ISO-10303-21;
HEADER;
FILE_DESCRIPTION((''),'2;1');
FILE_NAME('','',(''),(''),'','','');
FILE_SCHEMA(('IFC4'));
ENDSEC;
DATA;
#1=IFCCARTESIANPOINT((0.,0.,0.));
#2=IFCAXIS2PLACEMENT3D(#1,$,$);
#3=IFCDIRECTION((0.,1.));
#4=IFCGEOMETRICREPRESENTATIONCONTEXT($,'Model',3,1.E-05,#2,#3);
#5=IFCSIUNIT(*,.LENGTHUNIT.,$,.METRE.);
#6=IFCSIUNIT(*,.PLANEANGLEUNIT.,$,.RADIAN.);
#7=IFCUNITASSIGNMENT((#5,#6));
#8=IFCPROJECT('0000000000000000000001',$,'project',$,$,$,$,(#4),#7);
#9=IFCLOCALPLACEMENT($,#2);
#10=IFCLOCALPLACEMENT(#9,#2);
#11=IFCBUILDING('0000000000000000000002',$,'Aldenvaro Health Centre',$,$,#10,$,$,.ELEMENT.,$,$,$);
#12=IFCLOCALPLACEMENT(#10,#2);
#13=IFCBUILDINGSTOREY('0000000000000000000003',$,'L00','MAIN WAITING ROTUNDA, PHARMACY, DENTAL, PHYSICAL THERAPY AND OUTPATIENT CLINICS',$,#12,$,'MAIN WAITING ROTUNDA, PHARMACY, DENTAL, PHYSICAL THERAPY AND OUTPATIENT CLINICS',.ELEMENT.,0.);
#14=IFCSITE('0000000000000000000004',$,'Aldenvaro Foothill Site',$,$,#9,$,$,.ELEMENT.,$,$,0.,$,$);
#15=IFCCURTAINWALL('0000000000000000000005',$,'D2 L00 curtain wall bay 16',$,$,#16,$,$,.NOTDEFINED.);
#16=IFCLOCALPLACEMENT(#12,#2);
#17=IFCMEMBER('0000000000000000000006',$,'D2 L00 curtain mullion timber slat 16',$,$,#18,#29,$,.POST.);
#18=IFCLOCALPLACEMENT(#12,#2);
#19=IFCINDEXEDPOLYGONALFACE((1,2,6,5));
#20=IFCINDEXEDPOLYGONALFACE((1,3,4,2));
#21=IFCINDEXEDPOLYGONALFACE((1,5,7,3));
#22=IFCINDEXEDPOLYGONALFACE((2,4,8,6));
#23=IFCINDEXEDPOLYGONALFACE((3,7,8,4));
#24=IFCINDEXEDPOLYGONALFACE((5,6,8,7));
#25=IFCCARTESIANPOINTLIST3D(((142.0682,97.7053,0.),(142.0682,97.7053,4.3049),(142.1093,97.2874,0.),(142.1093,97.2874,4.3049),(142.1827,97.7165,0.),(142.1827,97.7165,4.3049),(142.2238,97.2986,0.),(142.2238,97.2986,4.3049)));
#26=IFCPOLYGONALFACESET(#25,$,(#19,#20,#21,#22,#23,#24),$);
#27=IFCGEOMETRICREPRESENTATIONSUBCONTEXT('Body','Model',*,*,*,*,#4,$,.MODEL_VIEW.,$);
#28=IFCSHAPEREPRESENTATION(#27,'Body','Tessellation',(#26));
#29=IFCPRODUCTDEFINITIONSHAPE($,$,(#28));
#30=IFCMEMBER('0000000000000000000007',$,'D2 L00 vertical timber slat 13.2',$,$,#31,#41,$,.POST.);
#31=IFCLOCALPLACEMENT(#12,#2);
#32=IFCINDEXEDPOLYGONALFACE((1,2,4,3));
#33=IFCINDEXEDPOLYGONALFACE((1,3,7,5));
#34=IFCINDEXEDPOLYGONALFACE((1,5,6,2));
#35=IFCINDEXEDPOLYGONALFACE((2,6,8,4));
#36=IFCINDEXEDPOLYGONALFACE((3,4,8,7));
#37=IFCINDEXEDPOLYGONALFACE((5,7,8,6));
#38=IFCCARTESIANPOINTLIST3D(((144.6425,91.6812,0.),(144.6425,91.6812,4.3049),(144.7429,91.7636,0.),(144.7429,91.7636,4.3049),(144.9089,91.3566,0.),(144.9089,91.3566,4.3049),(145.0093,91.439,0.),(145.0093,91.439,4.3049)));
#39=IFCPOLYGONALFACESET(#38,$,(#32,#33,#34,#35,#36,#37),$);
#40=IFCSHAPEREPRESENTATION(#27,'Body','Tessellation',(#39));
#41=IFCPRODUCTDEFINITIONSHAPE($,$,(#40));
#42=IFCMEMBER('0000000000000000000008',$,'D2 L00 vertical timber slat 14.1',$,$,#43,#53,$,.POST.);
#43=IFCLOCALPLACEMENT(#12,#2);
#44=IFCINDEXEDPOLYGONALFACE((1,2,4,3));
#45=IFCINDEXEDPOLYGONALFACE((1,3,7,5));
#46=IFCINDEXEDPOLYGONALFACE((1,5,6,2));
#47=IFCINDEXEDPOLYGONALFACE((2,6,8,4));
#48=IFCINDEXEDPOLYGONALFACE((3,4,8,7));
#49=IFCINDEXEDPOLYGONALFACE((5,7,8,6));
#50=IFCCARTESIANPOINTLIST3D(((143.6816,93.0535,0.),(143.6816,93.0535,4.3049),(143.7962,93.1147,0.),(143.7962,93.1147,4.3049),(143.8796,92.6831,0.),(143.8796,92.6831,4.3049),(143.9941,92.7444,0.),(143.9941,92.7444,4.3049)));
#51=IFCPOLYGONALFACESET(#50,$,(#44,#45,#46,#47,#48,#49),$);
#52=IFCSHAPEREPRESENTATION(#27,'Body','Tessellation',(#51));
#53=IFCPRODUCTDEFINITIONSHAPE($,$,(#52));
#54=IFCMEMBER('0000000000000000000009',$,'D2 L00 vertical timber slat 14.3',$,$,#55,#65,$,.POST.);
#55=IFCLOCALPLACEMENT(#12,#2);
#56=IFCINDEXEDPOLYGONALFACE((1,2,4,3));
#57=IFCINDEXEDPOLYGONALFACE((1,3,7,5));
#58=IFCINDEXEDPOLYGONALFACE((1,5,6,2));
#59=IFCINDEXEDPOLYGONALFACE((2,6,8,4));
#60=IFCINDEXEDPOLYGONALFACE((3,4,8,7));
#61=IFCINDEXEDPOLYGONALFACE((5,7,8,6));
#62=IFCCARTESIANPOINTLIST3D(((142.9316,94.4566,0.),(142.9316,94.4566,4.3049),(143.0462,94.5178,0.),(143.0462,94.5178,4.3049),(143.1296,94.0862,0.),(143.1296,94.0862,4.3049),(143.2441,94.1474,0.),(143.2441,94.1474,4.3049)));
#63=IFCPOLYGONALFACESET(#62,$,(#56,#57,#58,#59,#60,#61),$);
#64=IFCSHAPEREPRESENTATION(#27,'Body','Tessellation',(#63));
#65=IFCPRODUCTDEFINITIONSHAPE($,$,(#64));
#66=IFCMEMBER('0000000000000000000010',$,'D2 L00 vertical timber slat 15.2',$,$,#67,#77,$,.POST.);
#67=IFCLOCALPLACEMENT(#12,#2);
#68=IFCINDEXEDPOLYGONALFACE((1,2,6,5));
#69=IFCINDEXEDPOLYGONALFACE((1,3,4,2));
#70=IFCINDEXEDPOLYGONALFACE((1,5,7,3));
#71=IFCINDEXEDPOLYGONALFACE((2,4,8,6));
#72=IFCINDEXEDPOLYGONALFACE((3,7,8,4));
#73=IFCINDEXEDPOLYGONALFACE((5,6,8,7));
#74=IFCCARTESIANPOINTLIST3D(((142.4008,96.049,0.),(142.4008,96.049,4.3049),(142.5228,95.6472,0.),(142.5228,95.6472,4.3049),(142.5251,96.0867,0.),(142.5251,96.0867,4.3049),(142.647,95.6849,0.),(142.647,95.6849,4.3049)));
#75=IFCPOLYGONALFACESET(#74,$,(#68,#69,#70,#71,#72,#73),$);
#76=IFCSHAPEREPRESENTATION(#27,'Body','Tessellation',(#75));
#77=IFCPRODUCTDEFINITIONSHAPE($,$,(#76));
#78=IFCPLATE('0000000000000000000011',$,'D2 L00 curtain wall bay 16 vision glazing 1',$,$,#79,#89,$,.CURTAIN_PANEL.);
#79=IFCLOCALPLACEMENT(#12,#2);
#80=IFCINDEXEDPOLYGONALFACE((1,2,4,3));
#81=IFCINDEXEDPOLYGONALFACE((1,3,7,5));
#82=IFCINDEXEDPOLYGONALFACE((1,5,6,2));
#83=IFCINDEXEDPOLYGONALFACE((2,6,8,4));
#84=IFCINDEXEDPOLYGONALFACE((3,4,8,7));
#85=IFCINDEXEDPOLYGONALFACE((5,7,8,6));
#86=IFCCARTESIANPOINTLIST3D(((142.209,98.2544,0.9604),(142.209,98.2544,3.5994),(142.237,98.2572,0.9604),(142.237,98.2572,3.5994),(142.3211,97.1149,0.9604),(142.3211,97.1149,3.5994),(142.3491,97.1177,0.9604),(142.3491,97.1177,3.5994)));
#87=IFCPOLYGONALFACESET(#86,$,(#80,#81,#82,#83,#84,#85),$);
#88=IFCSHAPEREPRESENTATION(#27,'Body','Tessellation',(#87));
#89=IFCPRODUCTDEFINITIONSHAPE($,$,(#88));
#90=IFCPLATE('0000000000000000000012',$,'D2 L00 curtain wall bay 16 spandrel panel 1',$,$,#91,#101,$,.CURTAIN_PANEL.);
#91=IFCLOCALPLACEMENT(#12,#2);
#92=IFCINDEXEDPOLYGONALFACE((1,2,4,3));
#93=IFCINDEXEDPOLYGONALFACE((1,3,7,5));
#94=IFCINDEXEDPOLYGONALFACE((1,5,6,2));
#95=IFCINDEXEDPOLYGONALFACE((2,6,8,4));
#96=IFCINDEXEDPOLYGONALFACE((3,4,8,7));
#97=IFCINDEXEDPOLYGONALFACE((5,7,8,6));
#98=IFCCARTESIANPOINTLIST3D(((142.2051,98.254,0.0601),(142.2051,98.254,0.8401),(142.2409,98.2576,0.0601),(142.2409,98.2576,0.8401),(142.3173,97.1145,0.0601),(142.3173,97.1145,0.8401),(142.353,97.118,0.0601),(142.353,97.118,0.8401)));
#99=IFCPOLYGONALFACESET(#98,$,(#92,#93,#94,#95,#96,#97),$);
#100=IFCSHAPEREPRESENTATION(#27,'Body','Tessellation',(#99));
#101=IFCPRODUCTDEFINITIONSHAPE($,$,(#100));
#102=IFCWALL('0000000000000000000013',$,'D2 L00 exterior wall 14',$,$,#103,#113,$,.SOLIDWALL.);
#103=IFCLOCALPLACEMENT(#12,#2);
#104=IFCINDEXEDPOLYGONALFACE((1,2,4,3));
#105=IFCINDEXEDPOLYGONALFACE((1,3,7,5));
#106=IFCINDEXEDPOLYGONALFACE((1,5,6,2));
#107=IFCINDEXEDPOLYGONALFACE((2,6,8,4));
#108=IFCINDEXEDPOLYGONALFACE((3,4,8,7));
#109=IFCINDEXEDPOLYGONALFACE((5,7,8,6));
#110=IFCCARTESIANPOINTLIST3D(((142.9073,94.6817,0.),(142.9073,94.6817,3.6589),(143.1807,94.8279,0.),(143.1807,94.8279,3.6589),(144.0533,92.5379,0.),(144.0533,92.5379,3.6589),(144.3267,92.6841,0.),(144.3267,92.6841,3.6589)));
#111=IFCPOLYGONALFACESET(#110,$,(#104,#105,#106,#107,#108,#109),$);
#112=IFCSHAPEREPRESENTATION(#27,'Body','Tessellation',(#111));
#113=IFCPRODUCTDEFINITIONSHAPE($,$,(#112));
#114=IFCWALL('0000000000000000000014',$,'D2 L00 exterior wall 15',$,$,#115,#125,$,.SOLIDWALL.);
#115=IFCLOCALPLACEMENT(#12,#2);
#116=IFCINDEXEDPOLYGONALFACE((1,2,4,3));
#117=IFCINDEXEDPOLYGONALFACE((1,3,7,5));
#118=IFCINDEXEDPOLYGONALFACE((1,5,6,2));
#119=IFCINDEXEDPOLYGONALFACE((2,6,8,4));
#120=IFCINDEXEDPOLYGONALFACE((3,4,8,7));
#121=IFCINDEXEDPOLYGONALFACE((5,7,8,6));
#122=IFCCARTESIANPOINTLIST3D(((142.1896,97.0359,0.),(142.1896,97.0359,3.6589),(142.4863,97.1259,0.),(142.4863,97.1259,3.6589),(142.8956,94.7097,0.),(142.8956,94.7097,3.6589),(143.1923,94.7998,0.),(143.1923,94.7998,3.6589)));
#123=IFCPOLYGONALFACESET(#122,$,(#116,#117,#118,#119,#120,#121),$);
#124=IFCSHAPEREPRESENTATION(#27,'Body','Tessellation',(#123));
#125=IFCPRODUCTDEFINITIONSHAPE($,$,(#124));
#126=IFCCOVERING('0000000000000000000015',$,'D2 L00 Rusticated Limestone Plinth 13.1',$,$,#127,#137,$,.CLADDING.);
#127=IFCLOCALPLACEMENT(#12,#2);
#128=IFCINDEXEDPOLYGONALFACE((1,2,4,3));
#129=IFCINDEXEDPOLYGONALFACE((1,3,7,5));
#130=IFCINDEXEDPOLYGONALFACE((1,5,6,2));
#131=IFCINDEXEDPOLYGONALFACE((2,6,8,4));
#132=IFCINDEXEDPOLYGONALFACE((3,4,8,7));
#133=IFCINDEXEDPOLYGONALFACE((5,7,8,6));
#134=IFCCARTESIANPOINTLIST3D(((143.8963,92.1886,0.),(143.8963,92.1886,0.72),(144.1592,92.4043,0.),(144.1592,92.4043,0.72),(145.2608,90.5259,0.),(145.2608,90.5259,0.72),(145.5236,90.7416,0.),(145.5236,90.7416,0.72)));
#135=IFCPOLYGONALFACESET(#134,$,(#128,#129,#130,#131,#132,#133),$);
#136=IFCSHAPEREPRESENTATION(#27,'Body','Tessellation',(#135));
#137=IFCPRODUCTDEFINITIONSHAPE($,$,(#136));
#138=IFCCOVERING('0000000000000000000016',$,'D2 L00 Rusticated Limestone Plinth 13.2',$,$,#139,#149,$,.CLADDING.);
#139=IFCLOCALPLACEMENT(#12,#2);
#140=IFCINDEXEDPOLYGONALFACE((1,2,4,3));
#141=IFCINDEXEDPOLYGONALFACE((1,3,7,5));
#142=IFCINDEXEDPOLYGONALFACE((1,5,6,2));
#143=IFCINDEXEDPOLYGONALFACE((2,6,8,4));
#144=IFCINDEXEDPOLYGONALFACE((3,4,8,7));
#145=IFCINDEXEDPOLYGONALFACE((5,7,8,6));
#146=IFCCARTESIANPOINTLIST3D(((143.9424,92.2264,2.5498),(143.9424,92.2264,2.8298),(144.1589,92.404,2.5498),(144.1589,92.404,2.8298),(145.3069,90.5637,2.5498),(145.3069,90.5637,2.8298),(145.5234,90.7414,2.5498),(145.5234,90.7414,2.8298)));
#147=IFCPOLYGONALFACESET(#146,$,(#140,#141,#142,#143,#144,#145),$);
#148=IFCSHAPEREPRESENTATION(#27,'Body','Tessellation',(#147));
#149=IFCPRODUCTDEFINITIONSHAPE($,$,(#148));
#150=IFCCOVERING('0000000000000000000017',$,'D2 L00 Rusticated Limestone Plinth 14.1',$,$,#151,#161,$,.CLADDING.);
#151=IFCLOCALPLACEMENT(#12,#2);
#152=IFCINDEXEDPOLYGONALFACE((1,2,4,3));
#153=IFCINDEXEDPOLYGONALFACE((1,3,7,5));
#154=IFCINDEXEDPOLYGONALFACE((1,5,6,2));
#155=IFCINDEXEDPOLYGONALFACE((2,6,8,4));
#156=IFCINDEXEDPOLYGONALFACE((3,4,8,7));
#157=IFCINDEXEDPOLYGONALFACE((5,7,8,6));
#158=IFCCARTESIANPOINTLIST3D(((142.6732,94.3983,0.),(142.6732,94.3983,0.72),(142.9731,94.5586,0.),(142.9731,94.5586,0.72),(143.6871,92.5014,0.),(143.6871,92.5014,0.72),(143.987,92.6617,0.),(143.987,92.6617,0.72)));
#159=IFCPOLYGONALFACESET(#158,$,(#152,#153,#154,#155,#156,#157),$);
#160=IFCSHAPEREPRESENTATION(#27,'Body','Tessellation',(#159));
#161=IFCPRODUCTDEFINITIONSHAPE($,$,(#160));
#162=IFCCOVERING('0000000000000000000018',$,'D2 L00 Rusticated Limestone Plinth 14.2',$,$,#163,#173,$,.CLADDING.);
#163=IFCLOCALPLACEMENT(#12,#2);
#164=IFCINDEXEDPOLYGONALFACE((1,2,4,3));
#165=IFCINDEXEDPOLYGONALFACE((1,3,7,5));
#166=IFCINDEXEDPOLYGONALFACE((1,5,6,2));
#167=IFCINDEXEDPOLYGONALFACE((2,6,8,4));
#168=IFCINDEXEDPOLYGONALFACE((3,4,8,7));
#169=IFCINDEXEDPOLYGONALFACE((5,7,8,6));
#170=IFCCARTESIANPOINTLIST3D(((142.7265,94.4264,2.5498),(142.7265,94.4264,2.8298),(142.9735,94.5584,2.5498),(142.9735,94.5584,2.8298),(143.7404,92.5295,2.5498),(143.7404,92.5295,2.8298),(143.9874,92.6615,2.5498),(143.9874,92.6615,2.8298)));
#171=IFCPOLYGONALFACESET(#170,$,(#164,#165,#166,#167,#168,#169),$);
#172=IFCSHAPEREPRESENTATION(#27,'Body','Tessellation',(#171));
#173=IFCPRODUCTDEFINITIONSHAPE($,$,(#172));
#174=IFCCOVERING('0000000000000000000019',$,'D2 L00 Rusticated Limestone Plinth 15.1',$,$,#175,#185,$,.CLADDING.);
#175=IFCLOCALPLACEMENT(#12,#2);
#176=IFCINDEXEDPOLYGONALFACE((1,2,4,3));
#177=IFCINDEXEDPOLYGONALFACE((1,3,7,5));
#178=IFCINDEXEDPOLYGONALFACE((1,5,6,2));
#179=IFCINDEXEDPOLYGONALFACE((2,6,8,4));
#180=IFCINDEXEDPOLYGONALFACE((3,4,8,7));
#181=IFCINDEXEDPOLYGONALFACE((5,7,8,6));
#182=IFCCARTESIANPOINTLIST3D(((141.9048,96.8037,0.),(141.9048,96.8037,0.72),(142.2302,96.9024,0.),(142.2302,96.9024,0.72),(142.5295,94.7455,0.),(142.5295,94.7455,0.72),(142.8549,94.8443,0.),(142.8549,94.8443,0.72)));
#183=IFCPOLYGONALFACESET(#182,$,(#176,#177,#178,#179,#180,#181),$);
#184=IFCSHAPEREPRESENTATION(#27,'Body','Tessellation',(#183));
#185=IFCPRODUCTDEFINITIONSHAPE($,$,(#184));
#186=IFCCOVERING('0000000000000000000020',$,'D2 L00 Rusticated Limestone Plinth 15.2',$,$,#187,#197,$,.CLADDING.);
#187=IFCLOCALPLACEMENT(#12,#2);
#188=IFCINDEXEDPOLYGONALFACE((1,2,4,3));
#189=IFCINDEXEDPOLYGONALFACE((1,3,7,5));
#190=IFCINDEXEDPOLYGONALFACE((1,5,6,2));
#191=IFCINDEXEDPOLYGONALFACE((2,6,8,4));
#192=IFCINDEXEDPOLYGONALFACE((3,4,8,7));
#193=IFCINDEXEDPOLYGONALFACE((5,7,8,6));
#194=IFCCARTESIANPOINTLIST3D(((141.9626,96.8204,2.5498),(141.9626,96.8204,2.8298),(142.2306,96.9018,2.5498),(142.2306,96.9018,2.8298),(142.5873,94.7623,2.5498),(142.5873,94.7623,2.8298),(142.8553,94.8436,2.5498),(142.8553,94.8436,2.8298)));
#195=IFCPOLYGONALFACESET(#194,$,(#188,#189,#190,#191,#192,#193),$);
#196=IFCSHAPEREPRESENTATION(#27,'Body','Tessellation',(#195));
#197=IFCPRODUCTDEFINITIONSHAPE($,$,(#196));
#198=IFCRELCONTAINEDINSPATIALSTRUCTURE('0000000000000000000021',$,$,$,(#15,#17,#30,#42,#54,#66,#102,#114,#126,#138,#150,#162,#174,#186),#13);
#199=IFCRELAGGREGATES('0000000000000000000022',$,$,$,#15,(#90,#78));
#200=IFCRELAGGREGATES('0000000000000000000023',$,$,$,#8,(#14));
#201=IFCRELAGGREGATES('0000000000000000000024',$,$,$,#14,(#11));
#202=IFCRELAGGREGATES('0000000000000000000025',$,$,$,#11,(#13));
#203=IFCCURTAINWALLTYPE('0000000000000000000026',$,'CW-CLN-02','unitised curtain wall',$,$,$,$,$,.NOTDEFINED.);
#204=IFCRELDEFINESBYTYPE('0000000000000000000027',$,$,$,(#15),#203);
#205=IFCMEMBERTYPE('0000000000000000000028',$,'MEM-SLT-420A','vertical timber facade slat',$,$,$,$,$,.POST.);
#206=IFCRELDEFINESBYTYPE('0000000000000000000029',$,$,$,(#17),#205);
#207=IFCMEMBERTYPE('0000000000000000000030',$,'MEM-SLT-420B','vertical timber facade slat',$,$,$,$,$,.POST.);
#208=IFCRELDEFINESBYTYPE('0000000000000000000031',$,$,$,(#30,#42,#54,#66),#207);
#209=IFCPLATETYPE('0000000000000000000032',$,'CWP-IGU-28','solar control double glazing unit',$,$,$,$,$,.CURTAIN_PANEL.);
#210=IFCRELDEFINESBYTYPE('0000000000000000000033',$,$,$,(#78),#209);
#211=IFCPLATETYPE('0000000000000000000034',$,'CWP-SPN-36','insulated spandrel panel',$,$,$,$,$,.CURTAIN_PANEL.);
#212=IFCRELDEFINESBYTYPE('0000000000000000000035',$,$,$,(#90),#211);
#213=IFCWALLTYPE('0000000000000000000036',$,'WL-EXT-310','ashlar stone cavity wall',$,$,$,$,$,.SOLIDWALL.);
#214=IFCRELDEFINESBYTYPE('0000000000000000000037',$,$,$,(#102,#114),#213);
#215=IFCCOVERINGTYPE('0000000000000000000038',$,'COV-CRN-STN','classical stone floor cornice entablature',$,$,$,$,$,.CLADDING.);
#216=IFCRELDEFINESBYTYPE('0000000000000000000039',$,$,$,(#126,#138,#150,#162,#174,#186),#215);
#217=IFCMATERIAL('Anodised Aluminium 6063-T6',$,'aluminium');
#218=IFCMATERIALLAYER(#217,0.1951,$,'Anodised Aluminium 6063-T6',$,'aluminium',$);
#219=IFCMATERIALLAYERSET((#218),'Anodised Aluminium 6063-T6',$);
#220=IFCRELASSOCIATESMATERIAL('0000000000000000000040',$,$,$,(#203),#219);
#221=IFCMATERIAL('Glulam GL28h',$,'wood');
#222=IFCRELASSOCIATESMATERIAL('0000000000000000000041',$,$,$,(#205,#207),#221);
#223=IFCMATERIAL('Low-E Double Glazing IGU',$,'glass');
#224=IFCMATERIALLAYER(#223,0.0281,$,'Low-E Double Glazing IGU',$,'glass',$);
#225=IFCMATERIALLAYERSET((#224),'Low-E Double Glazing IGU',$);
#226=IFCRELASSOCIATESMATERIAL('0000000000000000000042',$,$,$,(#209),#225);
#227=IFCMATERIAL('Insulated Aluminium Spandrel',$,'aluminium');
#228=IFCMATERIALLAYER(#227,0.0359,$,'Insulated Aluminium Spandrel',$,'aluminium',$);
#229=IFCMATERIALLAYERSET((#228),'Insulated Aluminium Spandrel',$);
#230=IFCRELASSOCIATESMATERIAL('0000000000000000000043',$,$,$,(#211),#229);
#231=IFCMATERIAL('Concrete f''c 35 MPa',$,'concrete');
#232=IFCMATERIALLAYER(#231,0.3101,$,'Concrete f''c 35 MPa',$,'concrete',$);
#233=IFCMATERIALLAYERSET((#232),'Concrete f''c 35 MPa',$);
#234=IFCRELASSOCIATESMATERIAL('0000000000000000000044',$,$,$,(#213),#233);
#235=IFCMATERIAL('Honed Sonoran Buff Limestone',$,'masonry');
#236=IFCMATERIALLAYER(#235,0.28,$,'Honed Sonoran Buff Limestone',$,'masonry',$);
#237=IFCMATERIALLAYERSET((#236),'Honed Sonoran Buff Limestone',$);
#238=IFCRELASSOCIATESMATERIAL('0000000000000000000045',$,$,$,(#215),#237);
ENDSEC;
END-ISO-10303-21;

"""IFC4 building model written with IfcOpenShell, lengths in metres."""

from ifc_helpers import new_model, si_unit, direction, frame, frame_2d, origin, origin_2d, place, context, subcontext, project, spatial, rectangle, extrude, material, layer, layer_set, material_profile, profile_set, type_object, element, aggregate, save


model = new_model("IFC4")

# Units and contexts
model_context = context("Model", 3, precision=1e-05, world=origin(), true_north=direction((0.0, 1.0)))
body_context = subcontext(model_context, "Body", "Model", "MODEL_VIEW")
ifc_project = project(units=[si_unit("LENGTHUNIT", "METRE"), si_unit("PLANEANGLEUNIT", "RADIAN")], contexts=[model_context])

# Site, building, storey
site_placement = place(None, origin())
site = spatial("IfcSite", under=ifc_project, at=site_placement, Name="Aldenvaro Foothill Site", CompositionType="ELEMENT", RefElevation=0.0)
building_placement = place(site_placement, origin())
building = spatial("IfcBuilding", under=site, at=building_placement, Name="Aldenvaro Health Centre", CompositionType="ELEMENT")
storey_placement = place(building_placement, origin())
storey = spatial("IfcBuildingStorey", under=building, at=storey_placement, Name="L00", Description="MAIN WAITING ROTUNDA, PHARMACY, DENTAL, PHYSICAL THERAPY AND OUTPATIENT CLINICS", LongName="MAIN WAITING ROTUNDA, PHARMACY, DENTAL, PHYSICAL THERAPY AND OUTPATIENT CLINICS", CompositionType="ELEMENT", Elevation=0.0)

# Shared definitions
ifc_material_1 = material(Name="Glulam GL28h", Category="wood")

# Curtain wall
ifc_material_2 = material(Name="Anodised Aluminium 6063-T6", Category="aluminium")
ifc_layer_1 = layer(ifc_material_2, 0.1951, Name="Anodised Aluminium 6063-T6", Category="aluminium")
ifc_layer_set_1 = layer_set([ifc_layer_1], Name="Anodised Aluminium 6063-T6")
curtain_wall_type = type_object("IfcCurtainWallType", Name="CW-CLN-02", Description="unitised curtain wall", PredefinedType="NOTDEFINED", material=ifc_layer_set_1)
curtain_wall_placement = place(storey_placement, origin())
curtain_wall = element("IfcCurtainWall", 1, at=curtain_wall_placement, inside=storey, type_object=curtain_wall_type, Name="D2 L00 curtain wall bay 16", PredefinedType="NOTDEFINED")

# Members
ifc_material_profile_1 = material_profile(ifc_material_1, rectangle(XDim=0.115, YDim=0.4199, at=origin_2d()), Name="GL 115x420", Category="wood")
ifc_profile_set_1 = profile_set([ifc_material_profile_1], Name="Glulam GL28h")
member_type_1 = type_object("IfcMemberType", Name="MEM-SLT-420A", Description="vertical timber facade slat", PredefinedType="POST", material=ifc_profile_set_1)
for number, where, z_axis, x_axis, name in (
    (2, (142.146, 97.502, 0.0), (0.0, 0.0, 1.0), (-0.995195, -0.097915, 0.0), "D2 L00 curtain mullion timber slat 16"),
):
    element("IfcMember", number, at=place(storey_placement, frame(where, z_axis=z_axis, x_axis=x_axis)), inside=storey, type_object=member_type_1, Name=name, PredefinedType="POST", context=body_context, shape_type="SweptSolid", body=[
        extrude(rectangle(XDim=0.115, YDim=0.4199, at=origin_2d()), origin(), (0.0, 0.0, 1.0), 4.3049),
    ])
ifc_material_profile_2 = material_profile(ifc_material_1, rectangle(XDim=0.1299, YDim=0.4199, at=origin_2d()), Name="GL 130x420", Category="wood")
ifc_profile_set_2 = profile_set([ifc_material_profile_2], Name="Glulam GL28h")
member_type_2 = type_object("IfcMemberType", Name="MEM-SLT-420B", Description="vertical timber facade slat", PredefinedType="POST", material=ifc_profile_set_2)
for number, where, z_axis, x_axis, name in (
    (3, (144.8259, 91.5601, 0.0), (0.0, 0.0, 1.0), (-0.773022, -0.63438, 0.0), "D2 L00 vertical timber slat 13.2"),
    (4, (143.8379, 92.8989, 0.0), (0.0, 0.0, 1.0), (-0.88192, -0.471399, 0.0), "D2 L00 vertical timber slat 14.1"),
    (5, (143.0879, 94.302, 0.0), (0.0, 0.0, 1.0), (-0.88192, -0.471399, 0.0), "D2 L00 vertical timber slat 14.3"),
    (6, (142.5239, 95.8669, 0.0), (0.0, 0.0, 1.0), (-0.956893, -0.290441, 0.0), "D2 L00 vertical timber slat 15.2"),
):
    element("IfcMember", number, at=place(storey_placement, frame(where, z_axis=z_axis, x_axis=x_axis)), inside=storey, type_object=member_type_2, Name=name, PredefinedType="POST", context=body_context, shape_type="SweptSolid", body=[
        extrude(rectangle(XDim=0.1299, YDim=0.4199, at=origin_2d()), origin(), (0.0, 0.0, 1.0), 4.3049),
    ])

# Plates
ifc_material_3 = material(Name="Low-E Double Glazing IGU", Category="glass")
ifc_layer_2 = layer(ifc_material_3, 0.0281, Name="Low-E Double Glazing IGU", Category="glass")
ifc_layer_set_2 = layer_set([ifc_layer_2], Name="Low-E Double Glazing IGU")
plate_type_1 = type_object("IfcPlateType", Name="CWP-IGU-28", Description="solar control double glazing unit", PredefinedType="CURTAIN_PANEL", material=ifc_layer_set_2)
plate_1_placement = place(storey_placement, frame((142.2791, 97.686, 0.9604), z_axis=(0.0, 0.0, 1.0), x_axis=(-0.097915, 0.995195, 0.0)))
plate_1 = element("IfcPlate", 7, at=plate_1_placement, type_object=plate_type_1, Name="D2 L00 curtain wall bay 16 vision glazing 1", PredefinedType="CURTAIN_PANEL", context=body_context, shape_type="SweptSolid", body=[
    extrude(rectangle(XDim=1.145, YDim=0.0281, at=origin_2d()), origin(), (0.0, 0.0, 1.0), 2.6389),
])
ifc_material_4 = material(Name="Insulated Aluminium Spandrel", Category="aluminium")
ifc_layer_3 = layer(ifc_material_4, 0.0359, Name="Insulated Aluminium Spandrel", Category="aluminium")
ifc_layer_set_3 = layer_set([ifc_layer_3], Name="Insulated Aluminium Spandrel")
plate_type_2 = type_object("IfcPlateType", Name="CWP-SPN-36", Description="insulated spandrel panel", PredefinedType="CURTAIN_PANEL", material=ifc_layer_set_3)
plate_2_placement = place(storey_placement, frame((142.2791, 97.686, 0.0601), z_axis=(0.0, 0.0, 1.0), x_axis=(-0.097915, 0.995195, 0.0)))
plate_2 = element("IfcPlate", 8, at=plate_2_placement, type_object=plate_type_2, Name="D2 L00 curtain wall bay 16 spandrel panel 1", PredefinedType="CURTAIN_PANEL", context=body_context, shape_type="SweptSolid", body=[
    extrude(rectangle(XDim=1.145, YDim=0.0359, at=origin_2d()), origin(), (0.0, 0.0, 1.0), 0.78),
])
aggregate(curtain_wall, [plate_2, plate_1])

# Walls
ifc_material_5 = material(Name="Concrete f'c 35 MPa", Category="concrete")
ifc_layer_4 = layer(ifc_material_5, 0.3101, Name="Concrete f'c 35 MPa", Category="concrete")
ifc_layer_set_4 = layer_set([ifc_layer_4], Name="Concrete f'c 35 MPa")
wall_type = type_object("IfcWallType", Name="WL-EXT-310", Description="ashlar stone cavity wall", PredefinedType="SOLIDWALL", material=ifc_layer_set_4)
for number, where, z_axis, x_axis, name in (
    (9, (144.1899, 92.6111, 0.0), (0.0, 0.0, 1.0), (-0.471432, 0.881902, 0.0), "D2 L00 exterior wall 14"),
    (10, (143.0439, 94.7549, 0.0), (0.0, 0.0, 1.0), (-0.290442, 0.956893, 0.0), "D2 L00 exterior wall 15"),
):
    element("IfcWall", number, at=place(storey_placement, frame(where, z_axis=z_axis, x_axis=x_axis)), inside=storey, type_object=wall_type, Name=name, PredefinedType="SOLIDWALL", context=body_context, shape_type="SweptSolid", body=[
        extrude(rectangle(XDim=2.4309, YDim=0.3101, at=frame_2d((1.2153, 0.0))), origin(), (0.0, 0.0, 1.0), 3.6589),
    ])

# Coverings
ifc_material_6 = material(Name="Honed Sonoran Buff Limestone", Category="masonry")
ifc_layer_5 = layer(ifc_material_6, 0.28, Name="Honed Sonoran Buff Limestone", Category="masonry")
ifc_layer_set_5 = layer_set([ifc_layer_5], Name="Honed Sonoran Buff Limestone")
covering_type = type_object("IfcCoveringType", Name="COV-CRN-STN", Description="classical stone floor cornice entablature", PredefinedType="CLADDING", material=ifc_layer_set_5)
covering_1_placement = place(storey_placement, frame((144.71, 91.4651, 0.0), z_axis=(0.0, 0.0, 1.0), x_axis=(-0.63438, 0.773022, 0.0)))
element("IfcCovering", 11, at=covering_1_placement, inside=storey, type_object=covering_type, Name="D2 L00 Rusticated Limestone Plinth 13.1", PredefinedType="CLADDING", context=body_context, shape_type="SweptSolid", body=[
    extrude(rectangle(XDim=2.1509, YDim=0.3401, at=origin_2d()), origin(), (0.0, 0.0, 1.0), 0.72),
])
covering_2_placement = place(storey_placement, frame((144.7329, 91.4839, 2.5498), z_axis=(0.0, 0.0, 1.0), x_axis=(-0.63438, 0.773022, 0.0)))
element("IfcCovering", 12, at=covering_2_placement, inside=storey, type_object=covering_type, Name="D2 L00 Rusticated Limestone Plinth 13.2", PredefinedType="CLADDING", context=body_context, shape_type="SweptSolid", body=[
    extrude(rectangle(XDim=2.1509, YDim=0.28, at=origin_2d()), origin(), (0.0, 0.0, 1.0), 0.28),
])
covering_3_placement = place(storey_placement, frame((143.3301, 93.53, 0.0), z_axis=(0.0, 0.0, 1.0), x_axis=(-0.471399, 0.88192, 0.0)))
element("IfcCovering", 13, at=covering_3_placement, inside=storey, type_object=covering_type, Name="D2 L00 Rusticated Limestone Plinth 14.1", PredefinedType="CLADDING", context=body_context, shape_type="SweptSolid", body=[
    extrude(rectangle(XDim=2.1509, YDim=0.3401, at=origin_2d()), origin(), (0.0, 0.0, 1.0), 0.72),
])
covering_4_placement = place(storey_placement, frame((143.3569, 93.5439, 2.5498), z_axis=(0.0, 0.0, 1.0), x_axis=(-0.471399, 0.88192, 0.0)))
element("IfcCovering", 14, at=covering_4_placement, inside=storey, type_object=covering_type, Name="D2 L00 Rusticated Limestone Plinth 14.2", PredefinedType="CLADDING", context=body_context, shape_type="SweptSolid", body=[
    extrude(rectangle(XDim=2.1509, YDim=0.28, at=origin_2d()), origin(), (0.0, 0.0, 1.0), 0.28),
])
covering_5_placement = place(storey_placement, frame((142.3799, 95.824, 0.0), z_axis=(0.0, 0.0, 1.0), x_axis=(-0.290441, 0.956893, 0.0)))
element("IfcCovering", 15, at=covering_5_placement, inside=storey, type_object=covering_type, Name="D2 L00 Rusticated Limestone Plinth 15.1", PredefinedType="CLADDING", context=body_context, shape_type="SweptSolid", body=[
    extrude(rectangle(XDim=2.1509, YDim=0.3401, at=origin_2d()), origin(), (0.0, 0.0, 1.0), 0.72),
])
covering_6_placement = place(storey_placement, frame((142.4089, 95.832, 2.5498), z_axis=(0.0, 0.0, 1.0), x_axis=(-0.290441, 0.956893, 0.0)))
element("IfcCovering", 16, at=covering_6_placement, inside=storey, type_object=covering_type, Name="D2 L00 Rusticated Limestone Plinth 15.2", PredefinedType="CLADDING", context=body_context, shape_type="SweptSolid", body=[
    extrude(rectangle(XDim=2.1509, YDim=0.28, at=origin_2d()), origin(), (0.0, 0.0, 1.0), 0.28),
])

save(model, "model.ifc")
